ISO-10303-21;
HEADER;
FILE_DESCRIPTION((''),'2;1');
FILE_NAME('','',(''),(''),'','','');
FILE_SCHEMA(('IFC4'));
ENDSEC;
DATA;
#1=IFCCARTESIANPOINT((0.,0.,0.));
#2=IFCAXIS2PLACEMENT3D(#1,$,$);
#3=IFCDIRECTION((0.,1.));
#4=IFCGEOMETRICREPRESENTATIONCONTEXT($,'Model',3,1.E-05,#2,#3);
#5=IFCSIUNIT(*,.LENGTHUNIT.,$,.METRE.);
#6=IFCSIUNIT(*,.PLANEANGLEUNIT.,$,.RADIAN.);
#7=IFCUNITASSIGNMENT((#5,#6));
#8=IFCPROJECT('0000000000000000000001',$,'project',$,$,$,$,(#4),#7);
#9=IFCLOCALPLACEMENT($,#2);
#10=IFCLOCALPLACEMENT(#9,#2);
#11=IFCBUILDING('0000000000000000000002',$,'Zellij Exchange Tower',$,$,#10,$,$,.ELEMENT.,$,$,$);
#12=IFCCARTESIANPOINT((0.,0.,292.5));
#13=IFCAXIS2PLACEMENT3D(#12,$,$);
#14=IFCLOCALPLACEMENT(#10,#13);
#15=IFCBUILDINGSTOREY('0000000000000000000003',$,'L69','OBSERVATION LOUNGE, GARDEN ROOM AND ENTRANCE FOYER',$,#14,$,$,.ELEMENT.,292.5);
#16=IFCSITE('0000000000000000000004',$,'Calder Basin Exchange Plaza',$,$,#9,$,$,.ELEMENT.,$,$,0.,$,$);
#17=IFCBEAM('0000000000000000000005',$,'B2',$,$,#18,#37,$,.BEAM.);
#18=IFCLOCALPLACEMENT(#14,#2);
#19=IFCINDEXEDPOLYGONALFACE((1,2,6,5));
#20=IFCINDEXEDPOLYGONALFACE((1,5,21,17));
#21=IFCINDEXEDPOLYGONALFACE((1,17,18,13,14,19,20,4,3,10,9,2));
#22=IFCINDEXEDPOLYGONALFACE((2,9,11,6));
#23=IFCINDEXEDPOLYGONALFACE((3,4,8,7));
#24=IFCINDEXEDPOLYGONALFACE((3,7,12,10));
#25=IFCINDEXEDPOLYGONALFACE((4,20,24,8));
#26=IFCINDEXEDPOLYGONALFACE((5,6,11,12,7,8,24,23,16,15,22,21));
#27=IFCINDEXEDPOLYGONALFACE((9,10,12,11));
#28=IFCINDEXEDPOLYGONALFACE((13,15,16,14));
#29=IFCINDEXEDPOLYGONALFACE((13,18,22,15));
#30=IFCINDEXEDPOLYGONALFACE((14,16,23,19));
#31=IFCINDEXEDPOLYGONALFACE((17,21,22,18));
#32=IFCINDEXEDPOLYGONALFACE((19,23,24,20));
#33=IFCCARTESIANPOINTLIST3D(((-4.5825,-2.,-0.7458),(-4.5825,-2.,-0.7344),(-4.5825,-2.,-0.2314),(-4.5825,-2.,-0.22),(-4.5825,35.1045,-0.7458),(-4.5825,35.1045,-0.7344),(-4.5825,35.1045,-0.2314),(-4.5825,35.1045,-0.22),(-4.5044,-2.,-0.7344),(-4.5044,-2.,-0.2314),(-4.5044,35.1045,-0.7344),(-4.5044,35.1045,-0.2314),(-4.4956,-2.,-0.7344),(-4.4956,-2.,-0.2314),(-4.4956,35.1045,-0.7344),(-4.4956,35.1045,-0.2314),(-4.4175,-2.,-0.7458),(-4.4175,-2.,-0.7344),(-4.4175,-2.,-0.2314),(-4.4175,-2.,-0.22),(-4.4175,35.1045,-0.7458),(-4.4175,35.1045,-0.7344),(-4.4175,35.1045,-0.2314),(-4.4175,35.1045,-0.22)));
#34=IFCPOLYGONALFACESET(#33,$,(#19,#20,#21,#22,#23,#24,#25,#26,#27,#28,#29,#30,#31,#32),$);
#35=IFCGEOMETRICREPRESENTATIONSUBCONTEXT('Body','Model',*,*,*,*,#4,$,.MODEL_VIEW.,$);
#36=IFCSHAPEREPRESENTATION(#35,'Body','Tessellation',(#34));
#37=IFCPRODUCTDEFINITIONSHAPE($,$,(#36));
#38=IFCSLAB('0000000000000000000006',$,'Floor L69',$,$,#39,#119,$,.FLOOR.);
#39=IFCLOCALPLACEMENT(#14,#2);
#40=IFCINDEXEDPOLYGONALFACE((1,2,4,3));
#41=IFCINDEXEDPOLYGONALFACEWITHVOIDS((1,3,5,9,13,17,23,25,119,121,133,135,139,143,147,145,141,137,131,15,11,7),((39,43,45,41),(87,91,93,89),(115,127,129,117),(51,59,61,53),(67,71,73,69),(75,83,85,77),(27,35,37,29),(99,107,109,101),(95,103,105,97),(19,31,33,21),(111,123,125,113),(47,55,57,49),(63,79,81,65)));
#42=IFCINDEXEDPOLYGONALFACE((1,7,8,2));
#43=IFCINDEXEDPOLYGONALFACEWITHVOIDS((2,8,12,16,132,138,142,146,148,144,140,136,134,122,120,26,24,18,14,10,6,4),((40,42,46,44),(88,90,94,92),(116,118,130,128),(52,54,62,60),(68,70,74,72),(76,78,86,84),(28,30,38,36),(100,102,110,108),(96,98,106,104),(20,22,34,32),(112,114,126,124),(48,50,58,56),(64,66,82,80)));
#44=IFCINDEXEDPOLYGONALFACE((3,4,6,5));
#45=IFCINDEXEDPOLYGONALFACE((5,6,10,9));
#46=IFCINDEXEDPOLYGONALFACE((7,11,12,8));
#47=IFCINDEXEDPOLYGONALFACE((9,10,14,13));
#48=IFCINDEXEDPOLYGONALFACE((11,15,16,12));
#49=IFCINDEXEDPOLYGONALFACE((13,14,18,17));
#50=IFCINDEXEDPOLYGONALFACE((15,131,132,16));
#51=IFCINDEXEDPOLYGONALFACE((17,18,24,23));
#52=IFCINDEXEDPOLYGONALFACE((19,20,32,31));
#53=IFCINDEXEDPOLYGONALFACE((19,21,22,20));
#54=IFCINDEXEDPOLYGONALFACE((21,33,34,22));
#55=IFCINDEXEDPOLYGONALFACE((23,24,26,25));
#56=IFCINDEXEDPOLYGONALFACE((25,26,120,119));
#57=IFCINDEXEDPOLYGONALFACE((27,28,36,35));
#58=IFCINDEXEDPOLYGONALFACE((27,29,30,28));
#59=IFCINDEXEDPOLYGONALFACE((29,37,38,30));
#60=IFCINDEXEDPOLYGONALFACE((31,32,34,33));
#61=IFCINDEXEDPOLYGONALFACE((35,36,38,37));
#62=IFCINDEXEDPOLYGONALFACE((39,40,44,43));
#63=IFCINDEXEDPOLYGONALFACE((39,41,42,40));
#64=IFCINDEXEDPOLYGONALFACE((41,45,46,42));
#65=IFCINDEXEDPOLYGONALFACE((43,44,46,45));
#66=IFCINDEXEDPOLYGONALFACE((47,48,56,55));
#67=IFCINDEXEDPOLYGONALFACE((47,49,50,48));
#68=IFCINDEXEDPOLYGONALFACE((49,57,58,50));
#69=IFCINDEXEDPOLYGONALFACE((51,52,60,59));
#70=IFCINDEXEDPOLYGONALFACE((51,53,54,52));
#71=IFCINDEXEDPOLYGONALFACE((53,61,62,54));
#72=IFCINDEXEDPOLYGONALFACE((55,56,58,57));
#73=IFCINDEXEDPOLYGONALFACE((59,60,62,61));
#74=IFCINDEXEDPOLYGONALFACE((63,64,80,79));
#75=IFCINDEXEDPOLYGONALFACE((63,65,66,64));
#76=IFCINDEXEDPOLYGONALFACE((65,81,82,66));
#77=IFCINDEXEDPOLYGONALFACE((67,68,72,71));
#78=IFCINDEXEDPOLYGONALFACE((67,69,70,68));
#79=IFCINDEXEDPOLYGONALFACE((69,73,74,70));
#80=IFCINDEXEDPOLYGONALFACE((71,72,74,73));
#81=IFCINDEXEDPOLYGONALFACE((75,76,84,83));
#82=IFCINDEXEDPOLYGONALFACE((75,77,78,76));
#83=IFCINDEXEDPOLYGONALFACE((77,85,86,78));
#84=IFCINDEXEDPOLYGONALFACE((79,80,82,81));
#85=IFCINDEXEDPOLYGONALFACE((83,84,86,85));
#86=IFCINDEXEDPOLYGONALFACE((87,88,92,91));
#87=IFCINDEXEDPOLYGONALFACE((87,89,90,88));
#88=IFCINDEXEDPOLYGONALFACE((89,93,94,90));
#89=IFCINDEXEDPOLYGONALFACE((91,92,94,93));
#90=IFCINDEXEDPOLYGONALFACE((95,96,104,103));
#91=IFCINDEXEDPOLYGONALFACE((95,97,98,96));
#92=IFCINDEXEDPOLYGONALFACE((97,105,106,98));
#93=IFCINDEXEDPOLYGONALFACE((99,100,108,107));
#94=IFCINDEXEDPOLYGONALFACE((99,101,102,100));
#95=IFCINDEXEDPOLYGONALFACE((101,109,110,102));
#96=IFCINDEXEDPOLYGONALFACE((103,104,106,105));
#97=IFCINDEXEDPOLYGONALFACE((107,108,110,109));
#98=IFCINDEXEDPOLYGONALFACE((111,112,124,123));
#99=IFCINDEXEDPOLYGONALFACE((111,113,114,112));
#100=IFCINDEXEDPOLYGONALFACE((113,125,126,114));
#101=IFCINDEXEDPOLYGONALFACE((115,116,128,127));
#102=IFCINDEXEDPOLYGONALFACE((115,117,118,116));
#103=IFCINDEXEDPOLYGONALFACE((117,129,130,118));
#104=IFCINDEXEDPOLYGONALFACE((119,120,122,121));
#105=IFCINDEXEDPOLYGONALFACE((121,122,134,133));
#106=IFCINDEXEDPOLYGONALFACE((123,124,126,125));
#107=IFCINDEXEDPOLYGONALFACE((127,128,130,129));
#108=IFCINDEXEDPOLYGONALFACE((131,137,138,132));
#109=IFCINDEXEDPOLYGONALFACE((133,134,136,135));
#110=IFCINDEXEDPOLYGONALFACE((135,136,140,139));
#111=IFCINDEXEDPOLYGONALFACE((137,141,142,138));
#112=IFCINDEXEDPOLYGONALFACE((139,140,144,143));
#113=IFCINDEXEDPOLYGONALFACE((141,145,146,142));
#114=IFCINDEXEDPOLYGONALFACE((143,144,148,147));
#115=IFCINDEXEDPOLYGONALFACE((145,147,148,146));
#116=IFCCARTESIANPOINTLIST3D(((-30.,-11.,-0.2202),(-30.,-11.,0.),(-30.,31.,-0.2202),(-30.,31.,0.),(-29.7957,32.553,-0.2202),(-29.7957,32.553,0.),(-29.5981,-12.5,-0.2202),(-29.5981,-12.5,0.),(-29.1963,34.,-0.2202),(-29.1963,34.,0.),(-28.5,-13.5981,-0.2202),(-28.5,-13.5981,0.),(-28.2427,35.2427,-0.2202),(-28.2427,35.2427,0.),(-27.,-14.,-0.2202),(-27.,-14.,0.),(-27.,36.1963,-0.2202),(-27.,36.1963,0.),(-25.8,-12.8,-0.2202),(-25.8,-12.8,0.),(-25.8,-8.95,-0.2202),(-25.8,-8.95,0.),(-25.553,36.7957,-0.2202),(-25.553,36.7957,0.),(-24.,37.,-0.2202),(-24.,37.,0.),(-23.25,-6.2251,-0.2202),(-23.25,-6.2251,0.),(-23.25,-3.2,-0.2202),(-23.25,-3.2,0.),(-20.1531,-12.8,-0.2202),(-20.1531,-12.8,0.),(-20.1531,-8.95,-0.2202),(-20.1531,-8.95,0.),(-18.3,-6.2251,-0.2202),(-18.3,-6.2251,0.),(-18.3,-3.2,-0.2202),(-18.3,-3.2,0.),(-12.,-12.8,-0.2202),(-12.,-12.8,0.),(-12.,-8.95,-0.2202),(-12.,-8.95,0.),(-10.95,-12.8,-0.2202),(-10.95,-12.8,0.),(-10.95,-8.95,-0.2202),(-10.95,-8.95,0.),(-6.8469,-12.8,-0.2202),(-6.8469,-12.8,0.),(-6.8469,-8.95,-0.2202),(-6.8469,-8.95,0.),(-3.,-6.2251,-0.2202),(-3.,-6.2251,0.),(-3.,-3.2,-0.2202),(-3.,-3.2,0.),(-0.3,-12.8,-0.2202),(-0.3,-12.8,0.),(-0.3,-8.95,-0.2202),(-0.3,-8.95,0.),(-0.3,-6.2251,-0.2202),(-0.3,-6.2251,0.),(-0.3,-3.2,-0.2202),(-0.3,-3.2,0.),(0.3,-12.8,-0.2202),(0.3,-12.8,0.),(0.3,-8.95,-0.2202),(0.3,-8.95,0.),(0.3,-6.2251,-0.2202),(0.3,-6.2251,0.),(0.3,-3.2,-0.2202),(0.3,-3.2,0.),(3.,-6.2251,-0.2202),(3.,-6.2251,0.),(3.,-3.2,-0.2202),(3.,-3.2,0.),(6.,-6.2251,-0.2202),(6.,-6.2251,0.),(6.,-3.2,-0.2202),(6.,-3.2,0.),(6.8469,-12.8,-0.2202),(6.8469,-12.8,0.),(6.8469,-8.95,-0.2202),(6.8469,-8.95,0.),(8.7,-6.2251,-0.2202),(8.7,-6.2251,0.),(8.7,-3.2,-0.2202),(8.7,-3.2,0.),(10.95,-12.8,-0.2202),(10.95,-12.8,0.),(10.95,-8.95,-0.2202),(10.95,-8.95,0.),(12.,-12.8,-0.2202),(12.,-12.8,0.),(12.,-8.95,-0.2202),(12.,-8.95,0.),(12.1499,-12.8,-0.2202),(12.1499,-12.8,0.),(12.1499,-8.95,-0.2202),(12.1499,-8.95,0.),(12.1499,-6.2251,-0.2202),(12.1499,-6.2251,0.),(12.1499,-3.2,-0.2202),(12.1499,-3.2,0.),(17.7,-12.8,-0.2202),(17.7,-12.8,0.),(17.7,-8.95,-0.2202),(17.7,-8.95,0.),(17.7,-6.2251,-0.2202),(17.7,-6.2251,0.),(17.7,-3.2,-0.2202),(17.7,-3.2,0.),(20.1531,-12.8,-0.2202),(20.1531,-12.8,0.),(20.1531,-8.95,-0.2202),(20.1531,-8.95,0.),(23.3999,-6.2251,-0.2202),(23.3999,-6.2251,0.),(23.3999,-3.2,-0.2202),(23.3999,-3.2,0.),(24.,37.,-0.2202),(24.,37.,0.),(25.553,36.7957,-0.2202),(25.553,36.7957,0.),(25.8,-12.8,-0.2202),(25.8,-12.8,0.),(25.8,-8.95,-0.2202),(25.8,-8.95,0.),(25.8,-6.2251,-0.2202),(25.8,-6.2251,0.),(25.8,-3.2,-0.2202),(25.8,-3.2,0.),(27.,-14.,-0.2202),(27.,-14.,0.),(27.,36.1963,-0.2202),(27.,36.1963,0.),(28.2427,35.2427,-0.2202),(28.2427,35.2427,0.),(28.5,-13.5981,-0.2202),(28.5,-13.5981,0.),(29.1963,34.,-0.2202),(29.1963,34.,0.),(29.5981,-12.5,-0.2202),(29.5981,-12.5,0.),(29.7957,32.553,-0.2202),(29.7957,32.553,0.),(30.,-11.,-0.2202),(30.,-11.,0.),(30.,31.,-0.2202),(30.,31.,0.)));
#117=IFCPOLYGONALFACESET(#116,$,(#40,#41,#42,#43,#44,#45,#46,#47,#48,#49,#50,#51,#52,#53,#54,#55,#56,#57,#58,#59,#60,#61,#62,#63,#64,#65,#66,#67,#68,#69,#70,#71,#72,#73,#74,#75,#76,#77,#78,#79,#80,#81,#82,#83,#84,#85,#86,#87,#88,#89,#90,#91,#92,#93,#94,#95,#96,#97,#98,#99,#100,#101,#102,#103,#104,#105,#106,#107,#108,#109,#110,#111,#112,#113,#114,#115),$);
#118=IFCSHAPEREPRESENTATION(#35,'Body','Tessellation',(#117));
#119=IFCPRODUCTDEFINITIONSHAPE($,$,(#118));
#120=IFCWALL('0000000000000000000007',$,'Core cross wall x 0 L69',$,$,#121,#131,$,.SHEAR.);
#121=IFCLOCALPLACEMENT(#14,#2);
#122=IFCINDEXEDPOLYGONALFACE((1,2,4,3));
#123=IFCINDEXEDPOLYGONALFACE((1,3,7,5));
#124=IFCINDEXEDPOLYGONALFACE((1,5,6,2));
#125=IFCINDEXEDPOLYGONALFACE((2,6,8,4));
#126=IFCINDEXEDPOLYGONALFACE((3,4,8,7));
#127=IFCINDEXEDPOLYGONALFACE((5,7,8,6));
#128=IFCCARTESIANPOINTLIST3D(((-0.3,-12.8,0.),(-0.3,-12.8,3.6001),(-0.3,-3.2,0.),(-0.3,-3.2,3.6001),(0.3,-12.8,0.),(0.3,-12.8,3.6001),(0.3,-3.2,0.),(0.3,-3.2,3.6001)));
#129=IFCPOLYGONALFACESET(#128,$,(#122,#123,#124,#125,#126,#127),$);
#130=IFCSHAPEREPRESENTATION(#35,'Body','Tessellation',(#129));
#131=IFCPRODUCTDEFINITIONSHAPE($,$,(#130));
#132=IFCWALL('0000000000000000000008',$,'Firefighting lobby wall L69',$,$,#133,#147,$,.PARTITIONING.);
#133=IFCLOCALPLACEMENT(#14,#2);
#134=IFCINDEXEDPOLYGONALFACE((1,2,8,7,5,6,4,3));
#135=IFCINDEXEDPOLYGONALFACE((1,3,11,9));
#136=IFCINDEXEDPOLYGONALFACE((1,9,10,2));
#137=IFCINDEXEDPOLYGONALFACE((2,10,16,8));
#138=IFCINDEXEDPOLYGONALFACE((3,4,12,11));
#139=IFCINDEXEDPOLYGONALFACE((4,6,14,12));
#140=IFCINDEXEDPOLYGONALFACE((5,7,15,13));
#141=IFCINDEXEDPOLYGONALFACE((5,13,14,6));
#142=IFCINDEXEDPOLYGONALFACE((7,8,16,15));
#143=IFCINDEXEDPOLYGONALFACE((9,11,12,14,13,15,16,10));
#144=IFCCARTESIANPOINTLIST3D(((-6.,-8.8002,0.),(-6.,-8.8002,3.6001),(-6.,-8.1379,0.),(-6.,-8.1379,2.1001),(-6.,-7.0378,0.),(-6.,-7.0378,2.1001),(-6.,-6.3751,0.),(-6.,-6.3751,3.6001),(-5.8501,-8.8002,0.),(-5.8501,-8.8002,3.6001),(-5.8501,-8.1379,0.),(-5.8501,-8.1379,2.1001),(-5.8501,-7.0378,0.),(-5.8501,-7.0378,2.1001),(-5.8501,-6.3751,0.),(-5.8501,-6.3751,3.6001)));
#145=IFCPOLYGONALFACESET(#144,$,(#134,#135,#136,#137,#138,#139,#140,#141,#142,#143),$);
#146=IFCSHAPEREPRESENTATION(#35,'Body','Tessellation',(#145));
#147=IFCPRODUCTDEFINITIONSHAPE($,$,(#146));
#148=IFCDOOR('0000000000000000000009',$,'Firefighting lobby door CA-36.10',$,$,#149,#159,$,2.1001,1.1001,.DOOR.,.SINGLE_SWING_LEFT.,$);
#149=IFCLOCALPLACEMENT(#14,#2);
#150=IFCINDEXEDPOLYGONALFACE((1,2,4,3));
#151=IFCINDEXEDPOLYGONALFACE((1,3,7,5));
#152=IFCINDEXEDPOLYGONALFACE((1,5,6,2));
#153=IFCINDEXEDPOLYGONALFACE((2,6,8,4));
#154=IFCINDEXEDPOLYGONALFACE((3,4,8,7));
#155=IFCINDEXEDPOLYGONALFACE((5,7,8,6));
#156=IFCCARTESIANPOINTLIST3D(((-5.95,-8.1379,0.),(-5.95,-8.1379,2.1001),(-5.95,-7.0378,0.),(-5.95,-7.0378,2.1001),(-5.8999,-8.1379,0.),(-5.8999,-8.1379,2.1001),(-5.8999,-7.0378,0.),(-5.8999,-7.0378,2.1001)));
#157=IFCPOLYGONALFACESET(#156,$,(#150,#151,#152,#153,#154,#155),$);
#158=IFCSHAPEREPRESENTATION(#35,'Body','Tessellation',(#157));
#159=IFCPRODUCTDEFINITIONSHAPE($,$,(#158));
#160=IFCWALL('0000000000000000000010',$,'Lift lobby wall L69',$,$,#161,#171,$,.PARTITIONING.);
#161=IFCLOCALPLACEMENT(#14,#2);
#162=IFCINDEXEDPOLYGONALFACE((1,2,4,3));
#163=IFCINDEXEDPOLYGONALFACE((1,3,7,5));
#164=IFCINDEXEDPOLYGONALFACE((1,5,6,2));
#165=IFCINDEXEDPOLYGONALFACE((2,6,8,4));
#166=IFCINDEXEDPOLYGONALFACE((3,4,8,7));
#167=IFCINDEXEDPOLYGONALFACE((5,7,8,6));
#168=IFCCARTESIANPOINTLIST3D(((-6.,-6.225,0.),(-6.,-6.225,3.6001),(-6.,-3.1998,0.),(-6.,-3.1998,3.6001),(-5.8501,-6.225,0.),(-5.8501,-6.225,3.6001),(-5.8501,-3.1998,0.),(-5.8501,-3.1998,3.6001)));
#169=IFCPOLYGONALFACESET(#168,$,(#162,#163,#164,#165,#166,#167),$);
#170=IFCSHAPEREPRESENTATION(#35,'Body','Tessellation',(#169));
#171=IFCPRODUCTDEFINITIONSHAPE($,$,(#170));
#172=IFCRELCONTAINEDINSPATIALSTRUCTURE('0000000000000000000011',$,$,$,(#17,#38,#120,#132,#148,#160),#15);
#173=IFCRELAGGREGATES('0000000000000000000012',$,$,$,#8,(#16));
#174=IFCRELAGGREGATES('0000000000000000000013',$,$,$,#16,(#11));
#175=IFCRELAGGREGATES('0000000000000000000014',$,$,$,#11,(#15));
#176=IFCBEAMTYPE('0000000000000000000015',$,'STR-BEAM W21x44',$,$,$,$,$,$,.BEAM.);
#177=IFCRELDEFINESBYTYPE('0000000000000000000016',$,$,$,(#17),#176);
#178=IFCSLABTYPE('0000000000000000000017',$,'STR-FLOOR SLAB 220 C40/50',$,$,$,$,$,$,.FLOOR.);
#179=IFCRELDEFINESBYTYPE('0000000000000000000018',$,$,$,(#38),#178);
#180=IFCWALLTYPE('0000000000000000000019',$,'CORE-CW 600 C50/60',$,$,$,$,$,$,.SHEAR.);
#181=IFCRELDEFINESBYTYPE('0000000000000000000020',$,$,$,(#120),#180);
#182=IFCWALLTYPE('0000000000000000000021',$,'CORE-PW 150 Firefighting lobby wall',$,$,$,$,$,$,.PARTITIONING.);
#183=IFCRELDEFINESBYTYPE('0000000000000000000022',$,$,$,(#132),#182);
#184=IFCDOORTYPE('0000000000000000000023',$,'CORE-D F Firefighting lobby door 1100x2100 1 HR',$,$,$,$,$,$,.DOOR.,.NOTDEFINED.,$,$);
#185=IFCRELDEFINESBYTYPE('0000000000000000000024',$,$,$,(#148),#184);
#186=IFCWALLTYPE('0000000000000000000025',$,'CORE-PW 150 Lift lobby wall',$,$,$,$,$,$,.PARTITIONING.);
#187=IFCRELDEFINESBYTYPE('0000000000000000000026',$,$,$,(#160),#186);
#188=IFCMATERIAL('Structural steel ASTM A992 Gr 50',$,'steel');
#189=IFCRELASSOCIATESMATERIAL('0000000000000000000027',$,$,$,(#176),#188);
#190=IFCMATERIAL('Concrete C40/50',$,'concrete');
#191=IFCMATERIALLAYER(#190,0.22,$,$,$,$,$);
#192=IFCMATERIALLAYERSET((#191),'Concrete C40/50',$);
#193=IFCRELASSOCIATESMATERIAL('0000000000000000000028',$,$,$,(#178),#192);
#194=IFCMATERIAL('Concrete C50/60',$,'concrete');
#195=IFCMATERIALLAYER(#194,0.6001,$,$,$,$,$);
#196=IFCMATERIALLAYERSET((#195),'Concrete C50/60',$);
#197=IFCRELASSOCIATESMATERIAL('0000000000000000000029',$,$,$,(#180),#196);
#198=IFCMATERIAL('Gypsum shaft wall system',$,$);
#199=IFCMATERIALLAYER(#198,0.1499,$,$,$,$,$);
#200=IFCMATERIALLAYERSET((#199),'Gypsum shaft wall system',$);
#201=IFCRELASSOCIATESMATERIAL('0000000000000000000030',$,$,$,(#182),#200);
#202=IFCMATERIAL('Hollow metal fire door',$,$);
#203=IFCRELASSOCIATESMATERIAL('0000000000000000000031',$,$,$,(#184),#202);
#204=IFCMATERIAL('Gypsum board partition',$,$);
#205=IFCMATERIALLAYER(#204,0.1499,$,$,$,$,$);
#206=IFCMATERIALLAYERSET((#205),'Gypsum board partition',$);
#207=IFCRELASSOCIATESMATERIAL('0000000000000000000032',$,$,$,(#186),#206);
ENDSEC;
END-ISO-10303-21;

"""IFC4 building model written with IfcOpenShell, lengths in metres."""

from ifc_helpers import new_model, si_unit, direction, frame, frame_2d, origin, origin_2d, place, context, subcontext, project, spatial, polyline, rectangle, i_section, outline, extrude, material, layer, layer_set, material_profile, profile_set, type_object, element, fill, save


model = new_model("IFC4")

# Units and contexts
model_context = context("Model", 3, precision=1e-05, world=origin(), true_north=direction((0.0, 1.0)))
body_context = subcontext(model_context, "Body", "Model", "MODEL_VIEW")
ifc_project = project(units=[si_unit("LENGTHUNIT", "METRE"), si_unit("PLANEANGLEUNIT", "RADIAN")], contexts=[model_context])

# Site, building, storey
site_placement = place(None, origin())
site = spatial("IfcSite", under=ifc_project, at=site_placement, Name="Calder Basin Exchange Plaza", CompositionType="ELEMENT", RefElevation=0.0)
building_placement = place(site_placement, origin())
building = spatial("IfcBuilding", under=site, at=building_placement, Name="Zellij Exchange Tower", CompositionType="ELEMENT")
storey_placement = place(building_placement, frame((0.0, 0.0, 292.5)))
storey = spatial("IfcBuildingStorey", under=building, at=storey_placement, Name="L69", Description="OBSERVATION LOUNGE, GARDEN ROOM AND ENTRANCE FOYER", CompositionType="ELEMENT", Elevation=292.5)

# Beam
ifc_material_1 = material(Name="Structural steel ASTM A992 Gr 50", Category="steel")
ifc_material_profile = material_profile(ifc_material_1, i_section(OverallWidth=0.165, OverallDepth=0.5259, WebThickness=0.0088, FlangeThickness=0.0115, at=origin_2d()), Name="W21x44")
ifc_profile_set = profile_set([ifc_material_profile], Name="Structural steel ASTM A992 Gr 50")
beam_type = type_object("IfcBeamType", Name="STR-BEAM W21x44", PredefinedType="BEAM", material=ifc_profile_set)
beam_placement = place(storey_placement, frame((-4.5, -2.0, -0.4829), z_axis=(0.0, 1.0, 0.0), x_axis=(-1.0, 0.0, 0.0)))
element("IfcBeam", 1, at=beam_placement, inside=storey, type_object=beam_type, Name="B2", PredefinedType="BEAM", context=body_context, shape_type="SweptSolid", body=[
    extrude(i_section(OverallWidth=0.165, OverallDepth=0.5259, WebThickness=0.0088, FlangeThickness=0.0115, at=origin_2d()), origin(), (0.0, 0.0, 1.0), 37.1045),
])

# Slab
ifc_material_2 = material(Name="Concrete C40/50", Category="concrete")
ifc_layer_1 = layer(ifc_material_2, 0.22)
ifc_layer_set_1 = layer_set([ifc_layer_1], Name="Concrete C40/50")
slab_type = type_object("IfcSlabType", Name="STR-FLOOR SLAB 220 C40/50", PredefinedType="FLOOR", material=ifc_layer_set_1)
slab_placement = place(storey_placement, frame((0.0, 0.0, -0.2202)))
element("IfcSlab", 2, at=slab_placement, inside=storey, type_object=slab_type, Name="Floor L69", PredefinedType="FLOOR", context=body_context, shape_type="SweptSolid", body=[
    extrude(outline(polyline([(-27.0, -14.0), (-28.5, -13.5981), (-29.5981, -12.5), (-30.0, -11.0), (-30.0, 31.0), (-29.7957, 32.553), (-29.1963, 34.0), (-28.2427, 35.2427), (-27.0, 36.1963), (-25.553, 36.7957), (-24.0, 37.0), (24.0, 37.0), (25.553, 36.7957), (27.0, 36.1963), (28.2427, 35.2427), (29.1963, 34.0), (29.7957, 32.553), (30.0, 31.0), (30.0, -11.0), (29.5981, -12.5), (28.5, -13.5981), (27.0, -14.0), (-27.0, -14.0)]), holes=[polyline([(-25.8, -8.95), (-25.8, -12.8), (-20.1531, -12.8), (-20.1531, -8.95), (-25.8, -8.95)]), polyline([(-10.95, -8.95), (-12.0, -8.95), (-12.0, -12.8), (-10.95, -12.8), (-10.95, -8.95)]), polyline([(-0.3, -8.95), (-6.8469, -8.95), (-6.8469, -12.8), (-0.3, -12.8), (-0.3, -8.95)]), polyline([(0.3, -8.95), (0.3, -12.8), (6.8469, -12.8), (6.8469, -8.95), (0.3, -8.95)]), polyline([(-18.3, -3.2), (-23.25, -3.2), (-23.25, -6.2251), (-18.3, -6.2251), (-18.3, -3.2)]), polyline([(-0.3, -3.2), (-3.0, -3.2), (-3.0, -6.2251), (-0.3, -6.2251), (-0.3, -3.2)]), polyline([(0.3, -3.2), (0.3, -6.2251), (3.0, -6.2251), (3.0, -3.2), (0.3, -3.2)]), polyline([(12.0, -8.95), (10.95, -8.95), (10.95, -12.8), (12.0, -12.8), (12.0, -8.95)]), polyline([(17.7, -8.95), (12.1499, -8.95), (12.1499, -12.8), (17.7, -12.8), (17.7, -8.95)]), polyline([(25.8, -8.95), (20.1531, -8.95), (20.1531, -12.8), (25.8, -12.8), (25.8, -8.95)]), polyline([(8.7, -3.2), (6.0, -3.2), (6.0, -6.2251), (8.7, -6.2251), (8.7, -3.2)]), polyline([(17.7, -3.2), (12.1499, -3.2), (12.1499, -6.2251), (17.7, -6.2251), (17.7, -3.2)]), polyline([(25.8, -3.2), (23.3999, -3.2), (23.3999, -6.2251), (25.8, -6.2251), (25.8, -3.2)])]), origin(), (0.0, 0.0, 1.0), 0.2202),
])

# Wall
ifc_material_3 = material(Name="Concrete C50/60", Category="concrete")
ifc_layer_2 = layer(ifc_material_3, 0.6001)
ifc_layer_set_2 = layer_set([ifc_layer_2], Name="Concrete C50/60")
wall_type_1 = type_object("IfcWallType", Name="CORE-CW 600 C50/60", PredefinedType="SHEAR", material=ifc_layer_set_2)
wall_1_placement = place(storey_placement, frame((0.0, -12.8, 0.0), z_axis=(0.0, 0.0, 1.0), x_axis=(0.0, 1.0, 0.0)))
element("IfcWall", 3, at=wall_1_placement, inside=storey, type_object=wall_type_1, Name="Core cross wall x 0 L69", PredefinedType="SHEAR", context=body_context, shape_type="SweptSolid", body=[
    extrude(rectangle(XDim=9.6001, YDim=0.6001, at=frame_2d((4.8, 0.0))), origin(), (0.0, 0.0, 1.0), 3.6001),
])

# Wall, opening, door
ifc_material_4 = material(Name="Gypsum shaft wall system")
ifc_layer_3 = layer(ifc_material_4, 0.1499)
ifc_layer_set_3 = layer_set([ifc_layer_3], Name="Gypsum shaft wall system")
wall_type_2 = type_object("IfcWallType", Name="CORE-PW 150 Firefighting lobby wall", PredefinedType="PARTITIONING", material=ifc_layer_set_3)
wall_2_placement = place(storey_placement, frame((-5.925, -8.8, 0.0), z_axis=(0.0, 0.0, 1.0), x_axis=(0.0, 1.0, 0.0)))
wall_2 = element("IfcWall", 4, at=wall_2_placement, inside=storey, type_object=wall_type_2, Name="Firefighting lobby wall L69", PredefinedType="PARTITIONING", context=body_context, shape_type="SweptSolid", body=[
    extrude(rectangle(XDim=2.425, YDim=0.1499, at=frame_2d((1.2124, 0.0))), origin(), (0.0, 0.0, 1.0), 3.6001),
])
opening_1_placement = place(wall_2_placement, frame((0.6621, 0.0, 0.0)))
opening_1 = element("IfcOpeningElement", 5, at=opening_1_placement, cuts=wall_2, PredefinedType="OPENING", context=body_context, shape_type="SweptSolid", body=[
    extrude(rectangle(XDim=1.1001, YDim=2.1001, at=frame_2d((0.55, 1.05))), frame((0.0, 0.0869, 0.0), z_axis=(0.0, -1.0, 0.0), x_axis=(1.0, 0.0, 0.0)), (0.0, 0.0, 1.0), 0.1738),
])
ifc_material_5 = material(Name="Hollow metal fire door")
door_type_1 = type_object("IfcDoorType", Name="CORE-D F Firefighting lobby door 1100x2100 1 HR", OperationType="NOTDEFINED", PredefinedType="DOOR", material=ifc_material_5)
door_1_placement = place(opening_1_placement, origin())
door_1 = element("IfcDoor", 6, at=door_1_placement, inside=storey, type_object=door_type_1, Name="Firefighting lobby door CA-36.10", OperationType="SINGLE_SWING_LEFT", OverallHeight=2.1001, OverallWidth=1.1001, PredefinedType="DOOR", context=body_context, shape_type="SweptSolid", body=[
    extrude(rectangle(XDim=1.1001, YDim=2.1001, at=frame_2d((0.55, 1.05))), frame((0.0, 0.0249, 0.0), z_axis=(0.0, -1.0, 0.0), x_axis=(1.0, 0.0, 0.0)), (0.0, 0.0, 1.0), 0.05),
])
fill(opening_1, door_1)

# Wall
ifc_material_6 = material(Name="Gypsum board partition")
ifc_layer_4 = layer(ifc_material_6, 0.1499)
ifc_layer_set_4 = layer_set([ifc_layer_4], Name="Gypsum board partition")
wall_type_3 = type_object("IfcWallType", Name="CORE-PW 150 Lift lobby wall", PredefinedType="PARTITIONING", material=ifc_layer_set_4)
wall_3_placement = place(storey_placement, frame((-5.925, -6.2251, 0.0), z_axis=(0.0, 0.0, 1.0), x_axis=(0.0, 1.0, 0.0)))
element("IfcWall", 7, at=wall_3_placement, inside=storey, type_object=wall_type_3, Name="Lift lobby wall L69", PredefinedType="PARTITIONING", context=body_context, shape_type="SweptSolid", body=[
    extrude(rectangle(XDim=3.0251, YDim=0.1499, at=frame_2d((1.5127, 0.0))), origin(), (0.0, 0.0, 1.0), 3.6001),
])

save(model, "model.ifc")
